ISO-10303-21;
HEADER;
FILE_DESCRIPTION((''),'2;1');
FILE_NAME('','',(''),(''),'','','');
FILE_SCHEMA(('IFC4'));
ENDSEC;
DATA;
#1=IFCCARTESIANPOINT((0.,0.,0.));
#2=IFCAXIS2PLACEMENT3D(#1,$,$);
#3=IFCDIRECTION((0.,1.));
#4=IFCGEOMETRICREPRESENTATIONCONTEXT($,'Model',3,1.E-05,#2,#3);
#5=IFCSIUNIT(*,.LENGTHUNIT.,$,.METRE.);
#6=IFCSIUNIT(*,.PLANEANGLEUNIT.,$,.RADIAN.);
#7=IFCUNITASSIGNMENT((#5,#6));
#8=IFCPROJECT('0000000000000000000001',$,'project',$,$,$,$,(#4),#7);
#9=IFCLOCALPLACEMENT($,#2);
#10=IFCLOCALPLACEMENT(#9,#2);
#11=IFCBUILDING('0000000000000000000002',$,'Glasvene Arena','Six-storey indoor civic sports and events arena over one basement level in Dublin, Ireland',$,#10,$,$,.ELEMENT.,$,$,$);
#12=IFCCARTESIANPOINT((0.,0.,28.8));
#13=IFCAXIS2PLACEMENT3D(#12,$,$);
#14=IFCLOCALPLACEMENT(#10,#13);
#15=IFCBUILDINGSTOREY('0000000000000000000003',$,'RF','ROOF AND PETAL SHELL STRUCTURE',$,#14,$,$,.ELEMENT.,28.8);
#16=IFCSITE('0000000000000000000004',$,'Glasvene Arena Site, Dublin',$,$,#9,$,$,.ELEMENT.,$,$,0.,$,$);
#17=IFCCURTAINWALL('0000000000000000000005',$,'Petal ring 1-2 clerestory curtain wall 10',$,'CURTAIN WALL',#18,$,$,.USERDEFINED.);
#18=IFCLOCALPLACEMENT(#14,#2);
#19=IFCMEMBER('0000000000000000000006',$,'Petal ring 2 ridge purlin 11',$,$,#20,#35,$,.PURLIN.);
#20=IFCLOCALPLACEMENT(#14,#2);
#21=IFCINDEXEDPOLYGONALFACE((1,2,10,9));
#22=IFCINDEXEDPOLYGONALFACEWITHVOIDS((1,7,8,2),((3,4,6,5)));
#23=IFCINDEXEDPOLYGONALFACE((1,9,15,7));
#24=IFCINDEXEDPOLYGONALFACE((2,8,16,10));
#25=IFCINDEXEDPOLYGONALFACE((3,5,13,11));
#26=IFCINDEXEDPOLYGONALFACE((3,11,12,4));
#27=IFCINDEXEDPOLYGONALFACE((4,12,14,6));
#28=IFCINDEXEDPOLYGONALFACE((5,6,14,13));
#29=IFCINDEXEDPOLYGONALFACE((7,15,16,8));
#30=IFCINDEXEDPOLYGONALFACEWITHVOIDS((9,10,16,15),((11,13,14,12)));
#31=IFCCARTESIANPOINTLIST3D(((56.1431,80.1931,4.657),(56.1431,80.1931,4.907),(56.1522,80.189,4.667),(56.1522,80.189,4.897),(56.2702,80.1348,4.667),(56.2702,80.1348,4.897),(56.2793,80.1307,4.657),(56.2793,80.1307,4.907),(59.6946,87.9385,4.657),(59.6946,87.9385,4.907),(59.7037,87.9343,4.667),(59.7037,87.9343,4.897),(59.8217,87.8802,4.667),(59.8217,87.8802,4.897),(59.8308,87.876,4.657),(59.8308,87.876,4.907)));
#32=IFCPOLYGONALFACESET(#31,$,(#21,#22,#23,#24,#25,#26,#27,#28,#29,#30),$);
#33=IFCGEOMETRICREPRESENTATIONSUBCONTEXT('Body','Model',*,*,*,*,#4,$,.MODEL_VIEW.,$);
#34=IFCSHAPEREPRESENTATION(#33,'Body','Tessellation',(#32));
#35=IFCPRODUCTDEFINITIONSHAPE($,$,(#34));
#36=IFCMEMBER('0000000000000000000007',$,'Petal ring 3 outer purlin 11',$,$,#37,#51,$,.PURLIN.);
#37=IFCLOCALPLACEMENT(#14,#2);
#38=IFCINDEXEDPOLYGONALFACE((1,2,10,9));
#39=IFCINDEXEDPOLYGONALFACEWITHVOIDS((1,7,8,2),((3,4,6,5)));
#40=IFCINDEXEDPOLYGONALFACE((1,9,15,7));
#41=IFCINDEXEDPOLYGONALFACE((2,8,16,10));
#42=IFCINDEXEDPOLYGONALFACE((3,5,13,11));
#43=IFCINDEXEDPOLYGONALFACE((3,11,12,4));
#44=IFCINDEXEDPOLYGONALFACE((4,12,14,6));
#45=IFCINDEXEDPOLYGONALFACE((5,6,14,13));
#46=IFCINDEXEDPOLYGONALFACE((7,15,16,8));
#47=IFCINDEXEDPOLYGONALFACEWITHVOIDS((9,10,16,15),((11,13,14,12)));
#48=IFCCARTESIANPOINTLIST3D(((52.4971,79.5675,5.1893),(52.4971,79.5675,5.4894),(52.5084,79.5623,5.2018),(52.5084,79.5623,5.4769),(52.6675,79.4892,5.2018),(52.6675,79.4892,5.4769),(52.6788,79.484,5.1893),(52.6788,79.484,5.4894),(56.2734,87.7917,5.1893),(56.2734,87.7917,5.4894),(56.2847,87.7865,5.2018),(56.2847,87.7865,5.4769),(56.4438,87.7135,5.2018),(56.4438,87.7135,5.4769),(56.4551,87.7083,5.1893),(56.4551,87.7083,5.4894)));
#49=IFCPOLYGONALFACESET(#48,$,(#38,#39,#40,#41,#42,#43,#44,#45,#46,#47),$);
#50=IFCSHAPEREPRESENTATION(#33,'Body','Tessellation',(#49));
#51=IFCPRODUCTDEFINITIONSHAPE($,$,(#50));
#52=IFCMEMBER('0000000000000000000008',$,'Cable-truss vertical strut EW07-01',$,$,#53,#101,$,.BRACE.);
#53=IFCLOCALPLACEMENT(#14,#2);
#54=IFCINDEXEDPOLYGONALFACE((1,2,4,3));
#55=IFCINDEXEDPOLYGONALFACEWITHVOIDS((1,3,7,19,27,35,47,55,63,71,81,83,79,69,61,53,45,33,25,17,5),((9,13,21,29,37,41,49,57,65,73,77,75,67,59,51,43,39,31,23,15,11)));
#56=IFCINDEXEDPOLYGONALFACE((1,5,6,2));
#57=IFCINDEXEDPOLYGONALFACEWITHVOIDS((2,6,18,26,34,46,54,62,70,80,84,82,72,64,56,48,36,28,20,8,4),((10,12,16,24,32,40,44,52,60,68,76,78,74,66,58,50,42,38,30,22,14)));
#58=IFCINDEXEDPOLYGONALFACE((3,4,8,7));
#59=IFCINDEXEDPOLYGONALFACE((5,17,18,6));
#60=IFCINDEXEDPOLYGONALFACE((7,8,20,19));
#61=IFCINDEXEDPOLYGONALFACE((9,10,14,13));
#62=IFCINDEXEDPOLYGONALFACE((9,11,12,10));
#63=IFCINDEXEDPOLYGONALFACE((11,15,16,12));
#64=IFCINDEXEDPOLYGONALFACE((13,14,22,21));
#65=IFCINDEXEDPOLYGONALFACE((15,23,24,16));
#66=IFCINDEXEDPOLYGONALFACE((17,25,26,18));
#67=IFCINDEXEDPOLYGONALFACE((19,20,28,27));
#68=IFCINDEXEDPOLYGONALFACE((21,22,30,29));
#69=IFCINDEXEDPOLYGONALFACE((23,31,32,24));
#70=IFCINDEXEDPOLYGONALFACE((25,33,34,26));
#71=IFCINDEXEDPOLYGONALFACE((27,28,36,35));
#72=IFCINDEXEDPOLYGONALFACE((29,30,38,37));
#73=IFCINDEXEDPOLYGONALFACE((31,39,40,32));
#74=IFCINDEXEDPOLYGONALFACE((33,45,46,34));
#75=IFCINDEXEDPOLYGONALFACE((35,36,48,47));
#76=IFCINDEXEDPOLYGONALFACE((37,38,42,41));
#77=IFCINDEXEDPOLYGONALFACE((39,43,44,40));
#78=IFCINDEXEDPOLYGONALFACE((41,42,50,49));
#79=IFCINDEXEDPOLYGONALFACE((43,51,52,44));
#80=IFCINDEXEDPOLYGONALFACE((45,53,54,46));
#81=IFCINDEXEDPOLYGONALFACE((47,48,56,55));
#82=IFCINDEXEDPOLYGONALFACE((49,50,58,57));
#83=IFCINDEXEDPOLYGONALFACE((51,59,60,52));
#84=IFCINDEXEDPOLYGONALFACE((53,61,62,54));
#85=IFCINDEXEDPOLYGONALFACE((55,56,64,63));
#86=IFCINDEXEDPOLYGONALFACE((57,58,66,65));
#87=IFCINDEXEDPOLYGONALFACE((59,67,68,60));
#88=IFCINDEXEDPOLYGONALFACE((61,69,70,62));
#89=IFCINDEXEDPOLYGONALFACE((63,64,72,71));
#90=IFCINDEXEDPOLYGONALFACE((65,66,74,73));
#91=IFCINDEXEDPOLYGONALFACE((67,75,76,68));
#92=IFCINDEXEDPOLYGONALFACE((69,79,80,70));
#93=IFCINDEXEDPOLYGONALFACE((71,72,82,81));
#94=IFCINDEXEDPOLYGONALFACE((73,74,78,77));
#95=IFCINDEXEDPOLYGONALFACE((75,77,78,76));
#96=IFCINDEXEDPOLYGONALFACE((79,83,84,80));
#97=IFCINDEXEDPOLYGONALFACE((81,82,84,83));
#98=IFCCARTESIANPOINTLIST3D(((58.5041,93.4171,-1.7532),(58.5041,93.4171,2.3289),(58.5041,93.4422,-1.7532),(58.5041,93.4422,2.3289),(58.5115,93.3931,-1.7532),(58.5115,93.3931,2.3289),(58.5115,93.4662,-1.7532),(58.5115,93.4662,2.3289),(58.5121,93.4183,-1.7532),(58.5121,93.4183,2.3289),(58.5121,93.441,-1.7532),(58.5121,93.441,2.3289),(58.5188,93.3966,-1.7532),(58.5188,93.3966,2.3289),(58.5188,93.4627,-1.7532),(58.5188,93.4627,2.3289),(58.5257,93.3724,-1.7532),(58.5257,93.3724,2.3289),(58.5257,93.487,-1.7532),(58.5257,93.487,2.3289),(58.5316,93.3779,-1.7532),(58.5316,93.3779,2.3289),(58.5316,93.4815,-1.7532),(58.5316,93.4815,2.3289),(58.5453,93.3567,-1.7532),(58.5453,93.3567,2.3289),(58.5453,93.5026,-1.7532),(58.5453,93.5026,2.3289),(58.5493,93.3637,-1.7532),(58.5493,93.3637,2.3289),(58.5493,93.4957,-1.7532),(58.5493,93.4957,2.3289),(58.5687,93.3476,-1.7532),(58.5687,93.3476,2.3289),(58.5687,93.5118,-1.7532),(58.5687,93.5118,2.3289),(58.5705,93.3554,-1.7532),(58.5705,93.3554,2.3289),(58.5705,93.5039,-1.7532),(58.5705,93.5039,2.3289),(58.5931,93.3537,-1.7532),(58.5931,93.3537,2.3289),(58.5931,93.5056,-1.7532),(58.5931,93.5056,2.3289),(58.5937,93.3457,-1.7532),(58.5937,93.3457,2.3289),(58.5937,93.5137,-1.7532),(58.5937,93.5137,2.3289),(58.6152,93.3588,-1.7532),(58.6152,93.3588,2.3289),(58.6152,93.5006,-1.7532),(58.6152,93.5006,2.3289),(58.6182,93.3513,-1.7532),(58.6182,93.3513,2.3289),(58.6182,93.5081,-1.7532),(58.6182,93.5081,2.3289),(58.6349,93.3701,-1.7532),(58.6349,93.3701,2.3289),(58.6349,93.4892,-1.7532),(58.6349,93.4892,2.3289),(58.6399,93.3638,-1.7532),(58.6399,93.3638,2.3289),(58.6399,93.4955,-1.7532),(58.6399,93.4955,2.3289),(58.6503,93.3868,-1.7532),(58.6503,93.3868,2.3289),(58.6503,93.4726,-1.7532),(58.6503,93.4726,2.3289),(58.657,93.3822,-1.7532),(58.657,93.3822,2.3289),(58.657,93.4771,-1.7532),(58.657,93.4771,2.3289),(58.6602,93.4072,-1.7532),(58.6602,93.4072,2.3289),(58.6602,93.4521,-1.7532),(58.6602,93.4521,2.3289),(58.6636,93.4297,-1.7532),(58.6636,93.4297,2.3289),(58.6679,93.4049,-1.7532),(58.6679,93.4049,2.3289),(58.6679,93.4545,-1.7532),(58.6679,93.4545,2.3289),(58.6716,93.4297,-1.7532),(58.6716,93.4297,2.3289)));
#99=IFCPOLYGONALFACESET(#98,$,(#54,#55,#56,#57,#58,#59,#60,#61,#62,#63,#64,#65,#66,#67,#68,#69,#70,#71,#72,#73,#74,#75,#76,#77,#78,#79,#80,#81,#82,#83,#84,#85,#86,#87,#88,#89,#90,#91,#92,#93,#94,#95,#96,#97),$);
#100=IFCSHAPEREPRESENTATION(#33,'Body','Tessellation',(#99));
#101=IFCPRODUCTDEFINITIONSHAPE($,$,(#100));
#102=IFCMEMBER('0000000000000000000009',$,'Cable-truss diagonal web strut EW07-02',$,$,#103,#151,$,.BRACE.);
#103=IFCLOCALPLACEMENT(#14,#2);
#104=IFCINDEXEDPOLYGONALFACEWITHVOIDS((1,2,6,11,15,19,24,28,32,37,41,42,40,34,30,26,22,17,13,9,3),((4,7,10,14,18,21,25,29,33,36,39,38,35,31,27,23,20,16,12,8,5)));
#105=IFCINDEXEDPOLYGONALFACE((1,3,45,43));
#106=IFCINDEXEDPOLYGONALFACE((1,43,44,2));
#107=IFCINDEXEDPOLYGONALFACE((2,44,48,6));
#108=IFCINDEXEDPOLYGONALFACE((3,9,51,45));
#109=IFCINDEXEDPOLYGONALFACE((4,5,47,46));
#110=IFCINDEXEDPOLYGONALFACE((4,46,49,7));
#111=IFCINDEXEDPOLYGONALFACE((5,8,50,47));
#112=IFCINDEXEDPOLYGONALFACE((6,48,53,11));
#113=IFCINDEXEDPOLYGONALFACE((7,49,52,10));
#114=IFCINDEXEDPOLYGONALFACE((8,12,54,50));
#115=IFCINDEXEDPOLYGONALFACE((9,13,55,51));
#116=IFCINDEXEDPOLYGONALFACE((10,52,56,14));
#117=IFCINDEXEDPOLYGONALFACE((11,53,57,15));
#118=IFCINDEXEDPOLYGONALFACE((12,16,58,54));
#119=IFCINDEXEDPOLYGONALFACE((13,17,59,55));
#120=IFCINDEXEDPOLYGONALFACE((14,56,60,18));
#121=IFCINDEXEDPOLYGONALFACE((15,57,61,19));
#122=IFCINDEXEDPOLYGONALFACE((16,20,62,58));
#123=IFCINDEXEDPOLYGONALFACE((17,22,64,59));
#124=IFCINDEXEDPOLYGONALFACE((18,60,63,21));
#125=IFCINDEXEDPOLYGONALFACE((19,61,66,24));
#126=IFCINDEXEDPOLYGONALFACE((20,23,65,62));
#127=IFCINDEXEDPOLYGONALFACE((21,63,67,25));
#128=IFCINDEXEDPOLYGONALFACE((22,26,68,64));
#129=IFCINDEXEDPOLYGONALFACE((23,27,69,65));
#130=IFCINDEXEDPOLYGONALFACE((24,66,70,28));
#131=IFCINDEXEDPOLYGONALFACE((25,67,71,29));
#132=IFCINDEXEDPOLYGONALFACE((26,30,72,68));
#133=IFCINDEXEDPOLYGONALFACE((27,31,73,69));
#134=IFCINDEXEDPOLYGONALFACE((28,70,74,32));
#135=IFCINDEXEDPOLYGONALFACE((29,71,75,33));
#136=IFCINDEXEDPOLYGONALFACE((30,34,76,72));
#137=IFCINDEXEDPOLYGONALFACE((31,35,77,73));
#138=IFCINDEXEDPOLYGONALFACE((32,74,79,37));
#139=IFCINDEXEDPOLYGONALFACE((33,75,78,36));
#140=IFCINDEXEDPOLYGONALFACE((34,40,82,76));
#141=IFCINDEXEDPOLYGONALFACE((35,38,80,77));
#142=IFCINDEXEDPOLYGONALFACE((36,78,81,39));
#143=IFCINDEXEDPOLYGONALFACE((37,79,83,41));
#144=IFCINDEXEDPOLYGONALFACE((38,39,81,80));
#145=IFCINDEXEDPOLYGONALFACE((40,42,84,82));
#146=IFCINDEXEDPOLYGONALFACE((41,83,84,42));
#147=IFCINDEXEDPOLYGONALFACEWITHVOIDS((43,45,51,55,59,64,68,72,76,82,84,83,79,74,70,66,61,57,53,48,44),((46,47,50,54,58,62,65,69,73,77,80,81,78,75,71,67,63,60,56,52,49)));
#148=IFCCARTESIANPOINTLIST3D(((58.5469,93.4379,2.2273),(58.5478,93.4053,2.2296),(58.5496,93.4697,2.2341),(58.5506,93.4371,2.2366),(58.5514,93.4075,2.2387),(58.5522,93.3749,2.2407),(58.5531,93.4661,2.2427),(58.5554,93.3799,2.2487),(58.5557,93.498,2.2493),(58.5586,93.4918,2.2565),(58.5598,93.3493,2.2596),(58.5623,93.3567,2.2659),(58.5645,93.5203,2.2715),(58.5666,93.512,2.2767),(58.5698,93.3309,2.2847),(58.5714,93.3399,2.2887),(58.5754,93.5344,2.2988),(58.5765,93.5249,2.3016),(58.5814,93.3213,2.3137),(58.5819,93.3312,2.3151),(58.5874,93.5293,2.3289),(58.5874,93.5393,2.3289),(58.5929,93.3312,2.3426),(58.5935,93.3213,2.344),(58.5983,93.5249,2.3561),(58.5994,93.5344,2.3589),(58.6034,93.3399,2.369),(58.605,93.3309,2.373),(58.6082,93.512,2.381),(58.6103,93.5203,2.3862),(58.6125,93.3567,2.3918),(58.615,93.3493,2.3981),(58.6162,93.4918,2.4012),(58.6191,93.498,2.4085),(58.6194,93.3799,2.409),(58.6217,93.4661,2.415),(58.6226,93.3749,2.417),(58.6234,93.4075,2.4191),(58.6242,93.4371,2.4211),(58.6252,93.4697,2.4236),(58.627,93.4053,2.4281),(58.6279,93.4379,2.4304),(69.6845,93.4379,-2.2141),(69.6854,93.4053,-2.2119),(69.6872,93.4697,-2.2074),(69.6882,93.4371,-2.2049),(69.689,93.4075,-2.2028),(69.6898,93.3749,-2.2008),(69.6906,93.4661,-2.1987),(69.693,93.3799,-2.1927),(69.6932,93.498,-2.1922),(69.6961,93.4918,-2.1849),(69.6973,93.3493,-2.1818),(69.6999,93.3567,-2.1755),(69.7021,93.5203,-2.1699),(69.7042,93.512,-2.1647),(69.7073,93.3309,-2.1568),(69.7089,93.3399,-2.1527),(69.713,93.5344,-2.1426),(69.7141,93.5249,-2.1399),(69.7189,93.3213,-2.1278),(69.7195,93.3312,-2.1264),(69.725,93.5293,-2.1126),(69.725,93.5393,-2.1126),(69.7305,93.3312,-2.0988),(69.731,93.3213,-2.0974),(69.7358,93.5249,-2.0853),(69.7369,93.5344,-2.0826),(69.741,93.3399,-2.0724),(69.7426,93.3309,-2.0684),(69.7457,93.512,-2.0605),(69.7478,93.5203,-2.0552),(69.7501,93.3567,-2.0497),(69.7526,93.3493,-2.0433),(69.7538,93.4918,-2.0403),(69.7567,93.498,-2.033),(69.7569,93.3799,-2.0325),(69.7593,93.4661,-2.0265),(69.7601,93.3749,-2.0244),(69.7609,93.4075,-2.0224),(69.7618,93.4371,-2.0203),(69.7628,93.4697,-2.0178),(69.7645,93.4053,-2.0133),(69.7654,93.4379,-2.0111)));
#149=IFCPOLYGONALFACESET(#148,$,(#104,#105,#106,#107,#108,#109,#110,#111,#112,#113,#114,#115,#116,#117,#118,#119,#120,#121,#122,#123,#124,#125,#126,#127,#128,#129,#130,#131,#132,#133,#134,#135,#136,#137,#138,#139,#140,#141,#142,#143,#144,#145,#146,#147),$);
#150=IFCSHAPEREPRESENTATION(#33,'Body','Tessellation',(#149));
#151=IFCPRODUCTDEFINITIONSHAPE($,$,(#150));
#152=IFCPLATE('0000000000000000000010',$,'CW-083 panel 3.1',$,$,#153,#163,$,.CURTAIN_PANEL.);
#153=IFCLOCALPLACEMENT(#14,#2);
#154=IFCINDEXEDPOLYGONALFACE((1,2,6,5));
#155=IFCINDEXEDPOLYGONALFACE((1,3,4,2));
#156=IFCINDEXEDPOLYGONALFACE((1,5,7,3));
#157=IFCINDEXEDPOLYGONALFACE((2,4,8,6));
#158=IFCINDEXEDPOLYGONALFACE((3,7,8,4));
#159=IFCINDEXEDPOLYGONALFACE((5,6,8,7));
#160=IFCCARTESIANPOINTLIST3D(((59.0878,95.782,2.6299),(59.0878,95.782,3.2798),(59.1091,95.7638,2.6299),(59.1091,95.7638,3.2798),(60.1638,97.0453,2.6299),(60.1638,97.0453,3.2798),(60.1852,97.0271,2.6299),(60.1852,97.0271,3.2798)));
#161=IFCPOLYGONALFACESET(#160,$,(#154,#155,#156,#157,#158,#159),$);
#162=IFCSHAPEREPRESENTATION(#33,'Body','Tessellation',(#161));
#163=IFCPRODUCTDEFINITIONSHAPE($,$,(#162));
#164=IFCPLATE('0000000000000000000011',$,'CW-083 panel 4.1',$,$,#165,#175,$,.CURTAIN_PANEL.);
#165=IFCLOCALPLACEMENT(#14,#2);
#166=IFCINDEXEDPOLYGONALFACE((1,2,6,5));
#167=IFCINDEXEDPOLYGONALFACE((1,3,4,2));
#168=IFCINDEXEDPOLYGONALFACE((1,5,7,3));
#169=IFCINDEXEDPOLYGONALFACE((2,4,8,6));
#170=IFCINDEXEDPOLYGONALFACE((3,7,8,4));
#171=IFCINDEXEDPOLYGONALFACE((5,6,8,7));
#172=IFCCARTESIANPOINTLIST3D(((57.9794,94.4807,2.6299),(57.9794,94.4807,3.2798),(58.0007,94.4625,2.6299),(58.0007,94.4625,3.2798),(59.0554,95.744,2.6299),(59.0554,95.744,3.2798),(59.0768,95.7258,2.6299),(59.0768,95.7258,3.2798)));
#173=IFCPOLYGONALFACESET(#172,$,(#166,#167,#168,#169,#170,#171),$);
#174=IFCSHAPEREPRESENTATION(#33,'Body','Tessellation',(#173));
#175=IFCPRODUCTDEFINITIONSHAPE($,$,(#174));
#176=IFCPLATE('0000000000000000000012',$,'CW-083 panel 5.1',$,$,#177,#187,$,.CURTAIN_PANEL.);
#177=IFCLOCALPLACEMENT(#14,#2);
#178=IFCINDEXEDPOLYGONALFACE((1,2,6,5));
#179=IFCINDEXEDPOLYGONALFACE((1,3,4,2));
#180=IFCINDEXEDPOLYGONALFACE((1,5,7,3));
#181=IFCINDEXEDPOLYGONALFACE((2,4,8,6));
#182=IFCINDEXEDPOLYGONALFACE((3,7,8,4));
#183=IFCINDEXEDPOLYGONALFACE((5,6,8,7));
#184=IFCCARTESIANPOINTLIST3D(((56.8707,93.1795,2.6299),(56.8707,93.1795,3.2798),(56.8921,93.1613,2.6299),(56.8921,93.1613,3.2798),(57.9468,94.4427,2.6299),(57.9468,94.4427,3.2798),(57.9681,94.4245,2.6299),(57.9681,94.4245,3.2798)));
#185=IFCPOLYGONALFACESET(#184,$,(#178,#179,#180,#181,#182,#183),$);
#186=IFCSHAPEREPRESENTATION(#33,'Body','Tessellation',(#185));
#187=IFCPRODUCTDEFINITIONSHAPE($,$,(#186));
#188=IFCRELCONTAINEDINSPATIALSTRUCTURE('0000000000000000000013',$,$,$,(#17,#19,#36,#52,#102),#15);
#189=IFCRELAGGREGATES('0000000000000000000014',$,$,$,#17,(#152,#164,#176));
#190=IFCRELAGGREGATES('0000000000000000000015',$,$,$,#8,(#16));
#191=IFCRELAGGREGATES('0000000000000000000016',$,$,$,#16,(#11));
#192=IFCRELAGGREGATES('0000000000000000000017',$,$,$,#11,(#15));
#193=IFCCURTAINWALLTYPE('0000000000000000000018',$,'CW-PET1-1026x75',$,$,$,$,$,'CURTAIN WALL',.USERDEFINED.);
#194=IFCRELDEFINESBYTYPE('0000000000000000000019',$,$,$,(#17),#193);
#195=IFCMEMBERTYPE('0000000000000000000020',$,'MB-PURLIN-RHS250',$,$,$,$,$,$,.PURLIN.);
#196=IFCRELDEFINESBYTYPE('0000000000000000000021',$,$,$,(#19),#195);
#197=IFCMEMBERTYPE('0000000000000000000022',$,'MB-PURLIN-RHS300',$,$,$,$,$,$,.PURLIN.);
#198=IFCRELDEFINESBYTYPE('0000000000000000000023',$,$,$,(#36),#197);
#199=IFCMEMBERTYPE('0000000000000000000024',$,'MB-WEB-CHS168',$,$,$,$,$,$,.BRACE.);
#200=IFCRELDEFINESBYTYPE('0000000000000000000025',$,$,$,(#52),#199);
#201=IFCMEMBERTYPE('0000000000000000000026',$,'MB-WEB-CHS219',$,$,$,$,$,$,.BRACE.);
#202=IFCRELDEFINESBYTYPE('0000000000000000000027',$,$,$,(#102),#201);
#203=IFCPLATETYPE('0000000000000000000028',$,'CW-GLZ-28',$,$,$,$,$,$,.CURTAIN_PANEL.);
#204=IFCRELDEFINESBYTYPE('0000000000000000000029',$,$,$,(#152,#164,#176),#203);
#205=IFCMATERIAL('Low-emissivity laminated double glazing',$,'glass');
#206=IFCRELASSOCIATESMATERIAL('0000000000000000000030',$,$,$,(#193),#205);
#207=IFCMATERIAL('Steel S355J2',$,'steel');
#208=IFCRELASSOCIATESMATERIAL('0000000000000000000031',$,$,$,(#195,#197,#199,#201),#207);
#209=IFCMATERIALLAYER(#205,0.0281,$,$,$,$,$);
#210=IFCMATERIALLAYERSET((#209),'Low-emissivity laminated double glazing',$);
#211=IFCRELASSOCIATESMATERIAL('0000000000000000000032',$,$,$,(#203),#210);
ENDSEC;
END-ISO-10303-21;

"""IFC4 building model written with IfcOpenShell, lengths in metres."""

from ifc_helpers import new_model, si_unit, direction, frame, origin, origin_2d, place, context, subcontext, project, spatial, rectangle, hollow_rectangle, hollow_circle, extrude, material, layer, layer_set, material_profile, profile_set, type_object, element, aggregate, save


model = new_model("IFC4")

# Units and contexts
model_context = context("Model", 3, precision=1e-05, world=origin(), true_north=direction((0.0, 1.0)))
body_context = subcontext(model_context, "Body", "Model", "MODEL_VIEW")
ifc_project = project(units=[si_unit("LENGTHUNIT", "METRE"), si_unit("PLANEANGLEUNIT", "RADIAN")], contexts=[model_context])

# Site, building, storey
site_placement = place(None, origin())
site = spatial("IfcSite", under=ifc_project, at=site_placement, Name="Glasvene Arena Site, Dublin", CompositionType="ELEMENT", RefElevation=0.0)
building_placement = place(site_placement, origin())
building = spatial("IfcBuilding", under=site, at=building_placement, Name="Glasvene Arena", Description="Six-storey indoor civic sports and events arena over one basement level in Dublin, Ireland", CompositionType="ELEMENT")
storey_placement = place(building_placement, frame((0.0, 0.0, 28.8)))
storey = spatial("IfcBuildingStorey", under=building, at=storey_placement, Name="RF", Description="ROOF AND PETAL SHELL STRUCTURE", CompositionType="ELEMENT", Elevation=28.8)

# Curtain wall
ifc_material_1 = material(Name="Low-emissivity laminated double glazing", Category="glass")
curtain_wall_type_1 = type_object("IfcCurtainWallType", Name="CW-PET1-1026x75", ElementType="CURTAIN WALL", PredefinedType="USERDEFINED", material=ifc_material_1)
curtain_wall_1_placement = place(storey_placement, frame((62.4077, 99.658, 0.0)))
curtain_wall_1 = element("IfcCurtainWall", 1, at=curtain_wall_1_placement, inside=storey, type_object=curtain_wall_type_1, Name="Petal ring 1-2 clerestory curtain wall 10", ObjectType="CURTAIN WALL", PredefinedType="USERDEFINED")

# Members
ifc_material_2 = material(Name="Steel S355J2", Category="steel")
ifc_material_profile_1 = material_profile(ifc_material_2, hollow_rectangle(XDim=0.1499, YDim=0.25, WallThickness=0.01, at=origin_2d()), Name="RHS 250x150x10.0")
ifc_profile_set_1 = profile_set([ifc_material_profile_1], Name="Steel S355J2")
member_type_1 = type_object("IfcMemberType", Name="MB-PURLIN-RHS250", PredefinedType="PURLIN", material=ifc_profile_set_1)
member_1_placement = place(storey_placement, frame((59.7627, 87.9072, 4.782), z_axis=(-0.416806, -0.908996, 0.0), x_axis=(0.908996, -0.416806, 0.0)))
element("IfcMember", 2, at=member_1_placement, inside=storey, type_object=member_type_1, Name="Petal ring 2 ridge purlin 11", PredefinedType="PURLIN", context=body_context, shape_type="SweptSolid", body=[
    extrude(hollow_rectangle(XDim=0.1499, YDim=0.25, WallThickness=0.01, at=origin_2d()), origin(), (0.0, 0.0, 1.0), 8.5208),
])
ifc_material_profile_2 = material_profile(ifc_material_2, hollow_rectangle(XDim=0.2, YDim=0.3, WallThickness=0.0125, at=origin_2d()), Name="RHS 300x200x12.5")
ifc_profile_set_2 = profile_set([ifc_material_profile_2], Name="Steel S355J2")
member_type_2 = type_object("IfcMemberType", Name="MB-PURLIN-RHS300", PredefinedType="PURLIN", material=ifc_profile_set_2)
member_2_placement = place(storey_placement, frame((56.3643, 87.75, 5.3394), z_axis=(-0.417282, -0.908777, 0.0), x_axis=(0.908777, -0.417282, 0.0)))
element("IfcMember", 3, at=member_2_placement, inside=storey, type_object=member_type_2, Name="Petal ring 3 outer purlin 11", PredefinedType="PURLIN", context=body_context, shape_type="SweptSolid", body=[
    extrude(hollow_rectangle(XDim=0.2, YDim=0.3, WallThickness=0.0125, at=origin_2d()), origin(), (0.0, 0.0, 1.0), 9.0498),
])
ifc_material_profile_3 = material_profile(ifc_material_2, hollow_circle(Radius=0.0842, WallThickness=0.0081, at=origin_2d()), Name="CHS 168.3x8.0")
ifc_profile_set_3 = profile_set([ifc_material_profile_3], Name="Steel S355J2")
member_type_3 = type_object("IfcMemberType", Name="MB-WEB-CHS168", PredefinedType="BRACE", material=ifc_profile_set_3)
member_3_placement = place(storey_placement, frame((58.5874, 93.4297, -1.7532), z_axis=(0.0, 0.0, 1.0), x_axis=(1.0, 0.0, 0.0)))
element("IfcMember", 4, at=member_3_placement, inside=storey, type_object=member_type_3, Name="Cable-truss vertical strut EW07-01", PredefinedType="BRACE", context=body_context, shape_type="SweptSolid", body=[
    extrude(hollow_circle(Radius=0.0842, WallThickness=0.0081, at=origin_2d()), origin(), (0.0, 0.0, 1.0), 4.082),
])
ifc_material_profile_4 = material_profile(ifc_material_2, hollow_circle(Radius=0.1096, WallThickness=0.01, at=origin_2d()), Name="CHS 219.1x10.0")
ifc_profile_set_4 = profile_set([ifc_material_profile_4], Name="Steel S355J2")
member_type_4 = type_object("IfcMemberType", Name="MB-WEB-CHS219", PredefinedType="BRACE", material=ifc_profile_set_4)
member_4_placement = place(storey_placement, frame((58.5874, 93.4297, 2.3289), z_axis=(0.928867, 0.0, -0.370415), x_axis=(0.0, 1.0, 0.0)))
element("IfcMember", 5, at=member_4_placement, inside=storey, type_object=member_type_4, Name="Cable-truss diagonal web strut EW07-02", PredefinedType="BRACE", context=body_context, shape_type="SweptSolid", body=[
    extrude(hollow_circle(Radius=0.1096, WallThickness=0.01, at=origin_2d()), origin(), (0.0, 0.0, 1.0), 11.9905),
])

# Plates
ifc_layer = layer(ifc_material_1, 0.0281)
ifc_layer_set = layer_set([ifc_layer], Name="Low-emissivity laminated double glazing")
plate_type = type_object("IfcPlateType", Name="CW-GLZ-28", PredefinedType="CURTAIN_PANEL", material=ifc_layer_set)
plate_1_placement = place(storey_placement, frame((59.6365, 96.4045, 2.6299), z_axis=(0.0, 0.0, 1.0), x_axis=(-0.648445, -0.761261, 0.0)))
plate_1 = element("IfcPlate", 6, at=plate_1_placement, type_object=plate_type, Name="CW-083 panel 3.1", PredefinedType="CURTAIN_PANEL", context=body_context, shape_type="SweptSolid", body=[
    extrude(rectangle(XDim=1.6594, YDim=0.0281, at=origin_2d()), origin(), (0.0, 0.0, 1.0), 0.6499),
])
plate_2_placement = place(storey_placement, frame((58.5281, 95.1033, 2.6299), z_axis=(0.0, 0.0, 1.0), x_axis=(-0.648445, -0.761261, 0.0)))
plate_2 = element("IfcPlate", 7, at=plate_2_placement, type_object=plate_type, Name="CW-083 panel 4.1", PredefinedType="CURTAIN_PANEL", context=body_context, shape_type="SweptSolid", body=[
    extrude(rectangle(XDim=1.6594, YDim=0.0281, at=origin_2d()), origin(), (0.0, 0.0, 1.0), 0.6499),
])
plate_3_placement = place(storey_placement, frame((57.4194, 93.802, 2.6299), z_axis=(0.0, 0.0, 1.0), x_axis=(-0.648445, -0.761261, 0.0)))
plate_3 = element("IfcPlate", 8, at=plate_3_placement, type_object=plate_type, Name="CW-083 panel 5.1", PredefinedType="CURTAIN_PANEL", context=body_context, shape_type="SweptSolid", body=[
    extrude(rectangle(XDim=1.6594, YDim=0.0281, at=origin_2d()), origin(), (0.0, 0.0, 1.0), 0.6499),
])
aggregate(curtain_wall_1, [plate_1, plate_2, plate_3])

save(model, "model.ifc")
